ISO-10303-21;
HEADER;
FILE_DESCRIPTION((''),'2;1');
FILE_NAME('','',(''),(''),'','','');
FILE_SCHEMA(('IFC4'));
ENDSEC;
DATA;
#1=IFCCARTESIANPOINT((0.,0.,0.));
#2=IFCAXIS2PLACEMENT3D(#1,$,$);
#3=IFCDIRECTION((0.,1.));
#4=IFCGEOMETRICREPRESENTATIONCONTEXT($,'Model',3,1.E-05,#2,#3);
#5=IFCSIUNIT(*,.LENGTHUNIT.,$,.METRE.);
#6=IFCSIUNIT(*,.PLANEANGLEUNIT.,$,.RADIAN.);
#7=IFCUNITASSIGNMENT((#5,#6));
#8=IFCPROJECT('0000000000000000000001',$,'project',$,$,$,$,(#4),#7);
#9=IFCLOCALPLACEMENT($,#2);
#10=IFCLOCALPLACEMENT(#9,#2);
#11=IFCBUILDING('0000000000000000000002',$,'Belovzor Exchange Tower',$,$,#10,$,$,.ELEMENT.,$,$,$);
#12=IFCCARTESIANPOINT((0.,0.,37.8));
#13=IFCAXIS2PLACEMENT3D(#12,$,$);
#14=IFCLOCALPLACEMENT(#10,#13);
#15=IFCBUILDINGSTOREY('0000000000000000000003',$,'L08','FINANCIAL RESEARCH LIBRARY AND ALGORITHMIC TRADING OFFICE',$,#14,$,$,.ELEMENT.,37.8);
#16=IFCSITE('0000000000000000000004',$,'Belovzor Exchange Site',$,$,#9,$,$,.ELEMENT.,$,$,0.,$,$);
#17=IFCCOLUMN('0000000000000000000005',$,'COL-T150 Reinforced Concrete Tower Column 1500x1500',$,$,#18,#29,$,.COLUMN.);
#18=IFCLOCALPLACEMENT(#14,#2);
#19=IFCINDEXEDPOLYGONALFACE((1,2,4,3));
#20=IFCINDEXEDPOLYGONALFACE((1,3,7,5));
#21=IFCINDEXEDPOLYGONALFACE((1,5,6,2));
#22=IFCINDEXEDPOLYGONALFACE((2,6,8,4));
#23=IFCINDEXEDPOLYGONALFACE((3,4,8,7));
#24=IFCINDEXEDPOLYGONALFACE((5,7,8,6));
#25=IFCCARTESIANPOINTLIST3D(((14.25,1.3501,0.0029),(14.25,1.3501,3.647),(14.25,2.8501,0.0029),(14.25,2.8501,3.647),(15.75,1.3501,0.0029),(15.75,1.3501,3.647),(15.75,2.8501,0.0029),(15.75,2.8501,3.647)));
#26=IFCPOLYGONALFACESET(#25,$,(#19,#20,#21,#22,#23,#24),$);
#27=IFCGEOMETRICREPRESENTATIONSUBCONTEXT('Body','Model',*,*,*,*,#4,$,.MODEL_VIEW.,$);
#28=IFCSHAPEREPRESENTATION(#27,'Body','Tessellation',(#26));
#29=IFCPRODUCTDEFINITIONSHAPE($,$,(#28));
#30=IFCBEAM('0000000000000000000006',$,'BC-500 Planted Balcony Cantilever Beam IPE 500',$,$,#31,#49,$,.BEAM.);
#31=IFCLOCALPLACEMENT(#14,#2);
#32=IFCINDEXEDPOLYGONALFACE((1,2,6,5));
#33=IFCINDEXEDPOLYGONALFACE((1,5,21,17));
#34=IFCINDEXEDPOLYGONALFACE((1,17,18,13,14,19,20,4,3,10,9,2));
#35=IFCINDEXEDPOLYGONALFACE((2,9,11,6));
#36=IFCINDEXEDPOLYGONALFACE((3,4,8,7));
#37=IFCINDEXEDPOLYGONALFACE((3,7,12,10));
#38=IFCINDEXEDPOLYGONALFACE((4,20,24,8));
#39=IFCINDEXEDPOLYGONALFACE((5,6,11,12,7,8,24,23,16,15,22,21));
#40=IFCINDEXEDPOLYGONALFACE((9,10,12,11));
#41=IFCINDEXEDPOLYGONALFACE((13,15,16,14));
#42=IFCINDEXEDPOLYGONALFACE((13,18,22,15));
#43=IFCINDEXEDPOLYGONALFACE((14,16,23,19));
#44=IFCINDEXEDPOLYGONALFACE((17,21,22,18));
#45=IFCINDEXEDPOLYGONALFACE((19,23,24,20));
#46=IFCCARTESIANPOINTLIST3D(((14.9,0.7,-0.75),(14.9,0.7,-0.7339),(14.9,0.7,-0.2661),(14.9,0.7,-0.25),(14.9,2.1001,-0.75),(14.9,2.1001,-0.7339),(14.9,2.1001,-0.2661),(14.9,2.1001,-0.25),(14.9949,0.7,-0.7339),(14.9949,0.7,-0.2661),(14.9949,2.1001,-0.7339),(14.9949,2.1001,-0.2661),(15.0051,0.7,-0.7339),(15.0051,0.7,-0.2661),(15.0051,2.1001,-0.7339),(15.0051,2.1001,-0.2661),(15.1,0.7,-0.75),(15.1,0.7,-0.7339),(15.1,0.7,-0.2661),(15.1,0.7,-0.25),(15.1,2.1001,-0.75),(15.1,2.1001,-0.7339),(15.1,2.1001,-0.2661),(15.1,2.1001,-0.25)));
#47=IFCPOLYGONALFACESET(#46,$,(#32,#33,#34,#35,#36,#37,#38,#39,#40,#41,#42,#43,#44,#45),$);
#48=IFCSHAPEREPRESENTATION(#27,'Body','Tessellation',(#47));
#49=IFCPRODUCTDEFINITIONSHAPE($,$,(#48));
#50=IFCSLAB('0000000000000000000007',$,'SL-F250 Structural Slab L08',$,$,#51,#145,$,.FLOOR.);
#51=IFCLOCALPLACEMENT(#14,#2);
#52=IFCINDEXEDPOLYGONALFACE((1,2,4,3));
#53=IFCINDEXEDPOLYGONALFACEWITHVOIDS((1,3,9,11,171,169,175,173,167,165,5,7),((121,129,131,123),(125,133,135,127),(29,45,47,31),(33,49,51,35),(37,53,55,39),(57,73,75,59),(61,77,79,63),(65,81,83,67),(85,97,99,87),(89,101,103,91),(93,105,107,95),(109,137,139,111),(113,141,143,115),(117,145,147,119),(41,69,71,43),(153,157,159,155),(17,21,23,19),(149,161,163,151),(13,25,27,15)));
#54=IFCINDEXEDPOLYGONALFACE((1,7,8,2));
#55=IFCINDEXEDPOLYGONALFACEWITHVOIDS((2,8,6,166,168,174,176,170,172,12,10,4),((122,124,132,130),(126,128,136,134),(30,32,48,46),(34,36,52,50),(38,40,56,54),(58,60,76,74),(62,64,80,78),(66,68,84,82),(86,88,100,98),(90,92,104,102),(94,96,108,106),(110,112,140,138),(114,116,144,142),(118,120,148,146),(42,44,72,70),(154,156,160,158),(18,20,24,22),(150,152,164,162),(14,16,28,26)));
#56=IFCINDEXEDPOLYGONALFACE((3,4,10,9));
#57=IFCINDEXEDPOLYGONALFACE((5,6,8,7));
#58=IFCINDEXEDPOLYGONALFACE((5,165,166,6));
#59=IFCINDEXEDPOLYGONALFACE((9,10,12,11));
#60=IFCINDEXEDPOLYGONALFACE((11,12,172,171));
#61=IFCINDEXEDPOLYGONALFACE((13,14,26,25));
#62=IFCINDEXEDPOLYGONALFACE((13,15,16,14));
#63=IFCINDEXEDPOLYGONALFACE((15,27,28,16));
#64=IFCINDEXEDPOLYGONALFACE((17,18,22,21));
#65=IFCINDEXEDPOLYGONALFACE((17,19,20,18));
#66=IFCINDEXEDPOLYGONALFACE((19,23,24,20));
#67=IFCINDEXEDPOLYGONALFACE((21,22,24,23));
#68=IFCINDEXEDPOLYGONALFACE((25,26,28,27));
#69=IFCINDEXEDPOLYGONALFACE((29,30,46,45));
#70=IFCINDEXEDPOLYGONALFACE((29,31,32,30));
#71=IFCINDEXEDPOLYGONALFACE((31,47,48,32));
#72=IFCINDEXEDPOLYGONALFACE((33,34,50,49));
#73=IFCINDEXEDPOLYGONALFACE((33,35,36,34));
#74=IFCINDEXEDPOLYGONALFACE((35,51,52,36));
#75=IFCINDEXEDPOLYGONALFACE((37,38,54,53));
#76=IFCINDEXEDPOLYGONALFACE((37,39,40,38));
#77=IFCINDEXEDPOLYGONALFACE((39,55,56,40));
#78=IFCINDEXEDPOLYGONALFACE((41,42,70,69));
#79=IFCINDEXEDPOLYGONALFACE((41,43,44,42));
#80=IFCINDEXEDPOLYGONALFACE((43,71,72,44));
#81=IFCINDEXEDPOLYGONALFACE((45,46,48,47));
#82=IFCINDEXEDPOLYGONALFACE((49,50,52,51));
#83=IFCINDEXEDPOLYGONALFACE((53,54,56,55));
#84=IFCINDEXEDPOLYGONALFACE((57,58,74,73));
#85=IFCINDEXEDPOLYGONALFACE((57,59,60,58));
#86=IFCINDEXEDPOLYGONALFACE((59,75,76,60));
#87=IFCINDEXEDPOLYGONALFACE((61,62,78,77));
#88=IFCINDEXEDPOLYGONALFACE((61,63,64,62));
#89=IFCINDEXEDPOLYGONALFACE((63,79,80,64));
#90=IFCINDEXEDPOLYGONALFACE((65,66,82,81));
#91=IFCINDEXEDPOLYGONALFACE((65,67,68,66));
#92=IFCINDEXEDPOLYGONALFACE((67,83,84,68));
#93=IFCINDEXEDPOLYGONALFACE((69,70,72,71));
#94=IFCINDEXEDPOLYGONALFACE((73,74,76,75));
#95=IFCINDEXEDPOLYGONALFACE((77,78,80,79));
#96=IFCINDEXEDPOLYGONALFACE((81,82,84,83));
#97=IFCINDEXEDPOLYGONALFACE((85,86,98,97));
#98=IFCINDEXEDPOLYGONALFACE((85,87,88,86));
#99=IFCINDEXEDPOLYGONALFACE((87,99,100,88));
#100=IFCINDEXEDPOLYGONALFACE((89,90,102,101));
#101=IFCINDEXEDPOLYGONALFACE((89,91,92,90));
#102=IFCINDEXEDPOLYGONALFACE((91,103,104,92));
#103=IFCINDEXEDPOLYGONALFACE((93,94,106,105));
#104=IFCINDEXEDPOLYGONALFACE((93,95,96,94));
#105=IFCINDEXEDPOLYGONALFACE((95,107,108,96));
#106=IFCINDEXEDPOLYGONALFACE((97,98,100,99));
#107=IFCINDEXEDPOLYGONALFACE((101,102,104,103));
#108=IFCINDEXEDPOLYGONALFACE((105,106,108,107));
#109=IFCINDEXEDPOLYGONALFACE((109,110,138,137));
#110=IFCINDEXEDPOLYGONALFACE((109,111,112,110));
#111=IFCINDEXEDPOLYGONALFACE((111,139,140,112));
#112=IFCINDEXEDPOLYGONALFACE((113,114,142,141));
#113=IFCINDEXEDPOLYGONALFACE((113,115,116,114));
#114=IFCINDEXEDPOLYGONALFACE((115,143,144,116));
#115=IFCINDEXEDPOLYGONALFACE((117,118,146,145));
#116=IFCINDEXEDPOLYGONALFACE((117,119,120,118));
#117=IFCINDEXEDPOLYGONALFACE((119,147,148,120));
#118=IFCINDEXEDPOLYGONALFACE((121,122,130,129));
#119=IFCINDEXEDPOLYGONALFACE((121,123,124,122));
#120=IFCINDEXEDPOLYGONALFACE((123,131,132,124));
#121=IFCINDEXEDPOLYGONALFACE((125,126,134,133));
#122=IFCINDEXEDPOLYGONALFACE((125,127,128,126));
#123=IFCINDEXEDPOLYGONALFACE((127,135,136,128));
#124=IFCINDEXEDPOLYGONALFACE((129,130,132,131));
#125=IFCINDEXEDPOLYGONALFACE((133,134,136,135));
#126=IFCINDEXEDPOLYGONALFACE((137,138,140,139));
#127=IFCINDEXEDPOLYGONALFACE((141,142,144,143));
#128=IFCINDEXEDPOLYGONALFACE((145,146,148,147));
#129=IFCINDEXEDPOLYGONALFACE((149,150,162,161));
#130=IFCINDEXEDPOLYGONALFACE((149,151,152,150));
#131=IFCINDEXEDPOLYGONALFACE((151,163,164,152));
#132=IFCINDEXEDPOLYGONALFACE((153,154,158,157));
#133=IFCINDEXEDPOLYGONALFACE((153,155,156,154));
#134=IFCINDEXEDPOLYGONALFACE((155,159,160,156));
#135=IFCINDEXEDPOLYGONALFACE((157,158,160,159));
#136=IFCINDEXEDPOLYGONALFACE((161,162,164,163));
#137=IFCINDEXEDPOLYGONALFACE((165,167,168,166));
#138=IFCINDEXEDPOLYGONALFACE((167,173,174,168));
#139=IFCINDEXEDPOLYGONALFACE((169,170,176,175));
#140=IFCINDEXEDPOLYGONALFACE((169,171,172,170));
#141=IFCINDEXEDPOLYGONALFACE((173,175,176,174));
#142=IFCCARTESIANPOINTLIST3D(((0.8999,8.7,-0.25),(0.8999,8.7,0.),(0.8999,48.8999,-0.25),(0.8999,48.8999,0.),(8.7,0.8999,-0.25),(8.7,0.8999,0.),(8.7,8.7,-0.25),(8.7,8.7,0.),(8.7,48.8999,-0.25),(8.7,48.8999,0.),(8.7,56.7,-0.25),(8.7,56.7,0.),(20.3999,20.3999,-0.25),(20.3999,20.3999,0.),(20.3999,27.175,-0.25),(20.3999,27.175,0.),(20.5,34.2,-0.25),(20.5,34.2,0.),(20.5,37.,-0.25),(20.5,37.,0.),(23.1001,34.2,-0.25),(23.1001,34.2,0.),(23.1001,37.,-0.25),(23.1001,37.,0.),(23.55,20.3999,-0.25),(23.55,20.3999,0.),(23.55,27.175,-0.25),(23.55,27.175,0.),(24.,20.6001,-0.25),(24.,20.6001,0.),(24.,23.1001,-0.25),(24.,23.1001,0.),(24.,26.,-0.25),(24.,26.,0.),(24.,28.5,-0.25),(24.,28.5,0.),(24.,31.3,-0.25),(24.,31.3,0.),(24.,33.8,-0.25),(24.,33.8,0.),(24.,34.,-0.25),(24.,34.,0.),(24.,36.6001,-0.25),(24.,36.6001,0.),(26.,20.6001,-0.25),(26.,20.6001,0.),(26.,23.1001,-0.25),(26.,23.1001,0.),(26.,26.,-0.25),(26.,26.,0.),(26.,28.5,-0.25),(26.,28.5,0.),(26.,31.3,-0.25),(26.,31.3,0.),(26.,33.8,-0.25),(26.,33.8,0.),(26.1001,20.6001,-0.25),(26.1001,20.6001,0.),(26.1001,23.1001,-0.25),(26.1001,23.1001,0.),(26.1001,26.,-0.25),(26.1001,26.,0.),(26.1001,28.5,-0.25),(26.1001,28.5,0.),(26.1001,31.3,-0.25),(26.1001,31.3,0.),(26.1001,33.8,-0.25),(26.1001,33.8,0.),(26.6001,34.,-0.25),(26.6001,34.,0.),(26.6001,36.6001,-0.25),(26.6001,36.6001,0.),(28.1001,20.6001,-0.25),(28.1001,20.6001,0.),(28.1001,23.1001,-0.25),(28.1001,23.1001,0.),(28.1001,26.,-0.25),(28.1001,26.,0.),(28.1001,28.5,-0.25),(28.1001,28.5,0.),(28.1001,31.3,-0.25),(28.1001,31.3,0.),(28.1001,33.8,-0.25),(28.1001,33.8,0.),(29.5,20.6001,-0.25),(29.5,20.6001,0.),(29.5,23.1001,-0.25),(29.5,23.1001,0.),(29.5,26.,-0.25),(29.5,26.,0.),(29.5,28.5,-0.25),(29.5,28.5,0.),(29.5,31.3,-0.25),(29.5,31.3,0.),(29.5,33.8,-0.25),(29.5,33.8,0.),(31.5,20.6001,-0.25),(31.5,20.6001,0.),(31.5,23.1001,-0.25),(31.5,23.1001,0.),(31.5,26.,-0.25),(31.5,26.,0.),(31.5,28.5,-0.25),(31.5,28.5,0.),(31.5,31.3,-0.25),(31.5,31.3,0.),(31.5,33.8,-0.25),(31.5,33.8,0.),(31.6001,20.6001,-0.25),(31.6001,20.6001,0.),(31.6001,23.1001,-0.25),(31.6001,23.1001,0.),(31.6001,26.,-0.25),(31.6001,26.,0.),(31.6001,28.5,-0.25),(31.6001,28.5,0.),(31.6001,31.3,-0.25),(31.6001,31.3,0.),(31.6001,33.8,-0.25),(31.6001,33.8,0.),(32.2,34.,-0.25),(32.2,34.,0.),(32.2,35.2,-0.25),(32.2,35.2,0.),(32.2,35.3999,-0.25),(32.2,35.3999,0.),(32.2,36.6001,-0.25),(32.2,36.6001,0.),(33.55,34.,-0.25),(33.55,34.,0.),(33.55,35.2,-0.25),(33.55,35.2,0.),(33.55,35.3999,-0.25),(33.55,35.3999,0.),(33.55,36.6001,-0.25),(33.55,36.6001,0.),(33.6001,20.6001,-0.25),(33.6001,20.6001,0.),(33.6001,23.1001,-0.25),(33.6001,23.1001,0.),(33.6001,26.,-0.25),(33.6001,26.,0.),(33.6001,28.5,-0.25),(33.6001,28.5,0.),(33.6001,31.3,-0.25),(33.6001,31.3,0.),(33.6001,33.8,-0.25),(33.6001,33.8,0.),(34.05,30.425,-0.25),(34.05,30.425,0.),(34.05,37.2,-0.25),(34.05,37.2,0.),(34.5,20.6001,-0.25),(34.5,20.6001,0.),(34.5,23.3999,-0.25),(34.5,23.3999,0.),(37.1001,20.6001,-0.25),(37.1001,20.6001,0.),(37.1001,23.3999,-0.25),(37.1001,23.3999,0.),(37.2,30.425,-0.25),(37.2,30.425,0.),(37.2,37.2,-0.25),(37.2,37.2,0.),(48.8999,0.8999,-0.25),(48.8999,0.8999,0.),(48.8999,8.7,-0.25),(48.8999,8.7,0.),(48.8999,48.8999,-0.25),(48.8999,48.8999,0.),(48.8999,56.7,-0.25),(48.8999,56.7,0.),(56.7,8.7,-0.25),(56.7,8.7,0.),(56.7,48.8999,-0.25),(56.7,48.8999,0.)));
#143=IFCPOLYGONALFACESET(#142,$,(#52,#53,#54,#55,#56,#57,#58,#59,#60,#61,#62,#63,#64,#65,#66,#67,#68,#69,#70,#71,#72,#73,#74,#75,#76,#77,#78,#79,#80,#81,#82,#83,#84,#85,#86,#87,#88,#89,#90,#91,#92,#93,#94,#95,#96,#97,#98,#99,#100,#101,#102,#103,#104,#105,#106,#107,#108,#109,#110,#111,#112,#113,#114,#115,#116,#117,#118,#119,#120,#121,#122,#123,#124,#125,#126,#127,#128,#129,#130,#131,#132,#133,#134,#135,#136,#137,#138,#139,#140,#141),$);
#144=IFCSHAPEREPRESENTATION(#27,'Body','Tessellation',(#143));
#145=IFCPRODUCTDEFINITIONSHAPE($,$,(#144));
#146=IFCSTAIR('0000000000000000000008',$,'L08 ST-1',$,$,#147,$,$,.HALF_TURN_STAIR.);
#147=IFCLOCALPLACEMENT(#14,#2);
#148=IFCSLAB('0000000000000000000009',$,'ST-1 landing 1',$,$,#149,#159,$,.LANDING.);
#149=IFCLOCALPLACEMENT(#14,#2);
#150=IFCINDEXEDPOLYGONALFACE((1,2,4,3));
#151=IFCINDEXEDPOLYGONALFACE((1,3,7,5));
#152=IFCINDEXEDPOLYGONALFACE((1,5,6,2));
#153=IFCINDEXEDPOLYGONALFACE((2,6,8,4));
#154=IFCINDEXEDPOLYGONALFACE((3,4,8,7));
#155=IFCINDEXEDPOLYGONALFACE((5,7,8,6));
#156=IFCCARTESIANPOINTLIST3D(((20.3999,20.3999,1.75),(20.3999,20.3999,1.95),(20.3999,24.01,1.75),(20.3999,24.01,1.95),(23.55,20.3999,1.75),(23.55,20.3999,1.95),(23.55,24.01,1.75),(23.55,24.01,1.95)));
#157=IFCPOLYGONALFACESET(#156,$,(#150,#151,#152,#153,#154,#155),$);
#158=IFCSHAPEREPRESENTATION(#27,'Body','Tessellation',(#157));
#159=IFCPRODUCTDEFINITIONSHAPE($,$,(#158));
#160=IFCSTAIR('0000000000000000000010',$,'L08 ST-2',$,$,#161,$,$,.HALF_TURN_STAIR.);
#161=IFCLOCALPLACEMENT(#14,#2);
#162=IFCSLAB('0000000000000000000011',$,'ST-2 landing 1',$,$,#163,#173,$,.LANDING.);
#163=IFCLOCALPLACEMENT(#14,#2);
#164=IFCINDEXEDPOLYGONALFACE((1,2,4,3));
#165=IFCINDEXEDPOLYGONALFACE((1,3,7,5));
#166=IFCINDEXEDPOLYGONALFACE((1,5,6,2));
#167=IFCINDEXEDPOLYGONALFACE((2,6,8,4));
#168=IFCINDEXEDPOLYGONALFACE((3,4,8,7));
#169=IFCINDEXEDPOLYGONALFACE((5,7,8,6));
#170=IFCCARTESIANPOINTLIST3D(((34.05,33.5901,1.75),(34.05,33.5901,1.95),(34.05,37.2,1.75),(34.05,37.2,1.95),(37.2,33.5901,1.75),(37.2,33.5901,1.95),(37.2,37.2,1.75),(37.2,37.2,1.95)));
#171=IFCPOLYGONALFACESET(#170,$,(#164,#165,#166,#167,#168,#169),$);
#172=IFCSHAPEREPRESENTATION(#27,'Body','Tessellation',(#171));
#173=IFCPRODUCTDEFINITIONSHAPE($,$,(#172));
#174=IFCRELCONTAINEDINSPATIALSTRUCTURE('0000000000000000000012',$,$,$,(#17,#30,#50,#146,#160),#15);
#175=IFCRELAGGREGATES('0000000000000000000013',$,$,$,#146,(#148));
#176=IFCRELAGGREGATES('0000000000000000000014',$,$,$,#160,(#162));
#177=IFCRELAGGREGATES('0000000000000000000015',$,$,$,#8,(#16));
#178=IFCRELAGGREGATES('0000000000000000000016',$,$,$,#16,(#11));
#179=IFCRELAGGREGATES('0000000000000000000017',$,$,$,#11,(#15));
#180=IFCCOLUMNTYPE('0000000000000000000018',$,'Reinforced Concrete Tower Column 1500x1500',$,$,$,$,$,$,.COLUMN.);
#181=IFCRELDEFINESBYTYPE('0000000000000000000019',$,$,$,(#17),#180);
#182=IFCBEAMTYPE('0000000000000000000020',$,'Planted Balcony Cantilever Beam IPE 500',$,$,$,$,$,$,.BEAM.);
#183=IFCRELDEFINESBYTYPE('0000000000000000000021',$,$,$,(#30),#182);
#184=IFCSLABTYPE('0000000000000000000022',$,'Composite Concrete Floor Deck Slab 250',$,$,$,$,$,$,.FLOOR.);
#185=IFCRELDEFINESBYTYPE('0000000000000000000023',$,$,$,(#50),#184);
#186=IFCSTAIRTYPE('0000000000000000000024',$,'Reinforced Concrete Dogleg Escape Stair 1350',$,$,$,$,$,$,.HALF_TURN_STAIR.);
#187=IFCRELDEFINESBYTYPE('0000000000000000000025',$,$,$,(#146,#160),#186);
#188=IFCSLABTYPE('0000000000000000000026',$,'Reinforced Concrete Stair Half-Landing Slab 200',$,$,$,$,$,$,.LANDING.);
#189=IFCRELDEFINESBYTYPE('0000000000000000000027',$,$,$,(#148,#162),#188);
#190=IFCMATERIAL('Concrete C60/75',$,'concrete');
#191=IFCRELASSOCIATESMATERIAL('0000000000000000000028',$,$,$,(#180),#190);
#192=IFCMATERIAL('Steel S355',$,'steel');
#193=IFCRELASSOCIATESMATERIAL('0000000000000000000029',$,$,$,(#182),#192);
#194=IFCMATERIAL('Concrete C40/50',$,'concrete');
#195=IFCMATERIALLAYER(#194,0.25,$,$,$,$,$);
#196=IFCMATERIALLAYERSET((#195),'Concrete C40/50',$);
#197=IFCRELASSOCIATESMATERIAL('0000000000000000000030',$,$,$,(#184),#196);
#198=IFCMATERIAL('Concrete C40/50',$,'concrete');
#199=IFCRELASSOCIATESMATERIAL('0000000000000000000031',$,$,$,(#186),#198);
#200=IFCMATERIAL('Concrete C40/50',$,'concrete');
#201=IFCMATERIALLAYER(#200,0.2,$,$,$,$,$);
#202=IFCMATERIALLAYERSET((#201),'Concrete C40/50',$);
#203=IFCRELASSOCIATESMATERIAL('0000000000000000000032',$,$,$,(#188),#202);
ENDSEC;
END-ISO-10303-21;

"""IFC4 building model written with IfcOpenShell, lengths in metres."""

from ifc_helpers import new_model, si_unit, direction, frame, origin, origin_2d, place, context, subcontext, project, spatial, polyline, rectangle, i_section, outline, extrude, material, layer, layer_set, material_profile, profile_set, type_object, element, aggregate, save


model = new_model("IFC4")

# Units and contexts
model_context = context("Model", 3, precision=1e-05, world=origin(), true_north=direction((0.0, 1.0)))
body_context = subcontext(model_context, "Body", "Model", "MODEL_VIEW")
ifc_project = project(units=[si_unit("LENGTHUNIT", "METRE"), si_unit("PLANEANGLEUNIT", "RADIAN")], contexts=[model_context])

# Site, building, storey
site_placement = place(None, origin())
site = spatial("IfcSite", under=ifc_project, at=site_placement, Name="Belovzor Exchange Site", CompositionType="ELEMENT", RefElevation=0.0)
building_placement = place(site_placement, origin())
building = spatial("IfcBuilding", under=site, at=building_placement, Name="Belovzor Exchange Tower", CompositionType="ELEMENT")
storey_placement = place(building_placement, frame((0.0, 0.0, 37.8)))
storey = spatial("IfcBuildingStorey", under=building, at=storey_placement, Name="L08", Description="FINANCIAL RESEARCH LIBRARY AND ALGORITHMIC TRADING OFFICE", CompositionType="ELEMENT", Elevation=37.8)

# Column
ifc_material_1 = material(Name="Concrete C60/75", Category="concrete")
ifc_material_profile_1 = material_profile(ifc_material_1, rectangle(XDim=1.5, YDim=1.5, at=origin_2d()))
ifc_profile_set_1 = profile_set([ifc_material_profile_1], Name="Concrete C60/75")
column_type = type_object("IfcColumnType", Name="Reinforced Concrete Tower Column 1500x1500", PredefinedType="COLUMN", material=ifc_profile_set_1)
column_placement = place(storey_placement, frame((15.0, 2.1001, 0.0029), z_axis=(0.0, 0.0, 1.0), x_axis=(1.0, 0.0, 0.0)))
element("IfcColumn", 1, at=column_placement, inside=storey, type_object=column_type, Name="COL-T150 Reinforced Concrete Tower Column 1500x1500", PredefinedType="COLUMN", context=body_context, shape_type="SweptSolid", body=[
    extrude(rectangle(XDim=1.5, YDim=1.5, at=origin_2d()), origin(), (0.0, 0.0, 1.0), 3.644),
])

# Beam
ifc_material_2 = material(Name="Steel S355", Category="steel")
ifc_material_profile_2 = material_profile(ifc_material_2, i_section(OverallWidth=0.2, OverallDepth=0.5, WebThickness=0.0103, FlangeThickness=0.0161, at=origin_2d()))
ifc_profile_set_2 = profile_set([ifc_material_profile_2], Name="Steel S355")
beam_type = type_object("IfcBeamType", Name="Planted Balcony Cantilever Beam IPE 500", PredefinedType="BEAM", material=ifc_profile_set_2)
beam_placement = place(storey_placement, frame((15.0, 2.1001, -0.5), z_axis=(0.0, -1.0, 0.0), x_axis=(1.0, 0.0, 0.0)))
element("IfcBeam", 2, at=beam_placement, inside=storey, type_object=beam_type, Name="BC-500 Planted Balcony Cantilever Beam IPE 500", PredefinedType="BEAM", context=body_context, shape_type="SweptSolid", body=[
    extrude(i_section(OverallWidth=0.2, OverallDepth=0.5, WebThickness=0.0103, FlangeThickness=0.0161, at=origin_2d()), origin(), (0.0, 0.0, 1.0), 1.4001),
])

# Slab
ifc_material_3 = material(Name="Concrete C40/50", Category="concrete")
ifc_layer_1 = layer(ifc_material_3, 0.25)
ifc_layer_set_1 = layer_set([ifc_layer_1], Name="Concrete C40/50")
slab_type_1 = type_object("IfcSlabType", Name="Composite Concrete Floor Deck Slab 250", PredefinedType="FLOOR", material=ifc_layer_set_1)
slab_1_placement = place(storey_placement, frame((0.0, 0.0, -0.25)))
element("IfcSlab", 3, at=slab_1_placement, inside=storey, type_object=slab_type_1, Name="SL-F250 Structural Slab L08", PredefinedType="FLOOR", context=body_context, shape_type="SweptSolid", body=[
    extrude(outline(polyline([(8.7, 0.8999), (48.8999, 0.8999), (48.8999, 8.7), (56.7, 8.7), (56.7, 48.8999), (48.8999, 48.8999), (48.8999, 56.7), (8.7, 56.7), (8.7, 48.8999), (0.8999, 48.8999), (0.8999, 8.7), (8.7, 8.7), (8.7, 0.8999)]), holes=[polyline([(20.3999, 27.175), (20.3999, 20.3999), (23.55, 20.3999), (23.55, 27.175), (20.3999, 27.175)]), polyline([(37.2, 30.425), (37.2, 37.2), (34.05, 37.2), (34.05, 30.425), (37.2, 30.425)]), polyline([(20.5, 34.2), (23.1001, 34.2), (23.1001, 37.0), (20.5, 37.0), (20.5, 34.2)]), polyline([(34.5, 20.6001), (37.1001, 20.6001), (37.1001, 23.3999), (34.5, 23.3999), (34.5, 20.6001)]), polyline([(24.0, 34.0), (26.6001, 34.0), (26.6001, 36.6001), (24.0, 36.6001), (24.0, 34.0)]), polyline([(24.0, 20.6001), (26.0, 20.6001), (26.0, 23.1001), (24.0, 23.1001), (24.0, 20.6001)]), polyline([(26.1001, 20.6001), (28.1001, 20.6001), (28.1001, 23.1001), (26.1001, 23.1001), (26.1001, 20.6001)]), polyline([(29.5, 20.6001), (31.5, 20.6001), (31.5, 23.1001), (29.5, 23.1001), (29.5, 20.6001)]), polyline([(31.6001, 20.6001), (33.6001, 20.6001), (33.6001, 23.1001), (31.6001, 23.1001), (31.6001, 20.6001)]), polyline([(24.0, 26.0), (26.0, 26.0), (26.0, 28.5), (24.0, 28.5), (24.0, 26.0)]), polyline([(26.1001, 26.0), (28.1001, 26.0), (28.1001, 28.5), (26.1001, 28.5), (26.1001, 26.0)]), polyline([(29.5, 26.0), (31.5, 26.0), (31.5, 28.5), (29.5, 28.5), (29.5, 26.0)]), polyline([(31.6001, 26.0), (33.6001, 26.0), (33.6001, 28.5), (31.6001, 28.5), (31.6001, 26.0)]), polyline([(24.0, 31.3), (26.0, 31.3), (26.0, 33.8), (24.0, 33.8), (24.0, 31.3)]), polyline([(26.1001, 31.3), (28.1001, 31.3), (28.1001, 33.8), (26.1001, 33.8), (26.1001, 31.3)]), polyline([(29.5, 31.3), (31.5, 31.3), (31.5, 33.8), (29.5, 33.8), (29.5, 31.3)]), polyline([(31.6001, 31.3), (33.6001, 31.3), (33.6001, 33.8), (31.6001, 33.8), (31.6001, 31.3)]), polyline([(32.2, 34.0), (33.55, 34.0), (33.55, 35.2), (32.2, 35.2), (32.2, 34.0)]), polyline([(32.2, 35.3999), (33.55, 35.3999), (33.55, 36.6001), (32.2, 36.6001), (32.2, 35.3999)])]), origin(), (0.0, 0.0, 1.0), 0.25),
])

# Stairs, slabs
ifc_material_4 = material(Name="Concrete C40/50", Category="concrete")
stair_type = type_object("IfcStairType", Name="Reinforced Concrete Dogleg Escape Stair 1350", PredefinedType="HALF_TURN_STAIR", material=ifc_material_4)
stair_1_placement = place(storey_placement, origin())
stair_1 = element("IfcStair", 4, at=stair_1_placement, inside=storey, type_object=stair_type, Name="L08 ST-1", PredefinedType="HALF_TURN_STAIR")
ifc_material_5 = material(Name="Concrete C40/50", Category="concrete")
ifc_layer_2 = layer(ifc_material_5, 0.2)
ifc_layer_set_2 = layer_set([ifc_layer_2], Name="Concrete C40/50")
slab_type_2 = type_object("IfcSlabType", Name="Reinforced Concrete Stair Half-Landing Slab 200", PredefinedType="LANDING", material=ifc_layer_set_2)
slab_2_placement = place(storey_placement, frame((0.0, 0.0, 1.75)))
slab_2 = element("IfcSlab", 5, at=slab_2_placement, type_object=slab_type_2, Name="ST-1 landing 1", PredefinedType="LANDING", context=body_context, shape_type="SweptSolid", body=[
    extrude(outline(polyline([(20.3999, 24.01), (20.3999, 20.3999), (23.55, 20.3999), (23.55, 24.01), (20.3999, 24.01)])), origin(), (0.0, 0.0, 1.0), 0.2),
])
aggregate(stair_1, [slab_2])
stair_2_placement = place(storey_placement, origin())
stair_2 = element("IfcStair", 6, at=stair_2_placement, inside=storey, type_object=stair_type, Name="L08 ST-2", PredefinedType="HALF_TURN_STAIR")
slab_3_placement = place(storey_placement, frame((0.0, 0.0, 1.75)))
slab_3 = element("IfcSlab", 7, at=slab_3_placement, type_object=slab_type_2, Name="ST-2 landing 1", PredefinedType="LANDING", context=body_context, shape_type="SweptSolid", body=[
    extrude(outline(polyline([(37.2, 33.5901), (37.2, 37.2), (34.05, 37.2), (34.05, 33.5901), (37.2, 33.5901)])), origin(), (0.0, 0.0, 1.0), 0.2),
])
aggregate(stair_2, [slab_3])

save(model, "model.ifc")
